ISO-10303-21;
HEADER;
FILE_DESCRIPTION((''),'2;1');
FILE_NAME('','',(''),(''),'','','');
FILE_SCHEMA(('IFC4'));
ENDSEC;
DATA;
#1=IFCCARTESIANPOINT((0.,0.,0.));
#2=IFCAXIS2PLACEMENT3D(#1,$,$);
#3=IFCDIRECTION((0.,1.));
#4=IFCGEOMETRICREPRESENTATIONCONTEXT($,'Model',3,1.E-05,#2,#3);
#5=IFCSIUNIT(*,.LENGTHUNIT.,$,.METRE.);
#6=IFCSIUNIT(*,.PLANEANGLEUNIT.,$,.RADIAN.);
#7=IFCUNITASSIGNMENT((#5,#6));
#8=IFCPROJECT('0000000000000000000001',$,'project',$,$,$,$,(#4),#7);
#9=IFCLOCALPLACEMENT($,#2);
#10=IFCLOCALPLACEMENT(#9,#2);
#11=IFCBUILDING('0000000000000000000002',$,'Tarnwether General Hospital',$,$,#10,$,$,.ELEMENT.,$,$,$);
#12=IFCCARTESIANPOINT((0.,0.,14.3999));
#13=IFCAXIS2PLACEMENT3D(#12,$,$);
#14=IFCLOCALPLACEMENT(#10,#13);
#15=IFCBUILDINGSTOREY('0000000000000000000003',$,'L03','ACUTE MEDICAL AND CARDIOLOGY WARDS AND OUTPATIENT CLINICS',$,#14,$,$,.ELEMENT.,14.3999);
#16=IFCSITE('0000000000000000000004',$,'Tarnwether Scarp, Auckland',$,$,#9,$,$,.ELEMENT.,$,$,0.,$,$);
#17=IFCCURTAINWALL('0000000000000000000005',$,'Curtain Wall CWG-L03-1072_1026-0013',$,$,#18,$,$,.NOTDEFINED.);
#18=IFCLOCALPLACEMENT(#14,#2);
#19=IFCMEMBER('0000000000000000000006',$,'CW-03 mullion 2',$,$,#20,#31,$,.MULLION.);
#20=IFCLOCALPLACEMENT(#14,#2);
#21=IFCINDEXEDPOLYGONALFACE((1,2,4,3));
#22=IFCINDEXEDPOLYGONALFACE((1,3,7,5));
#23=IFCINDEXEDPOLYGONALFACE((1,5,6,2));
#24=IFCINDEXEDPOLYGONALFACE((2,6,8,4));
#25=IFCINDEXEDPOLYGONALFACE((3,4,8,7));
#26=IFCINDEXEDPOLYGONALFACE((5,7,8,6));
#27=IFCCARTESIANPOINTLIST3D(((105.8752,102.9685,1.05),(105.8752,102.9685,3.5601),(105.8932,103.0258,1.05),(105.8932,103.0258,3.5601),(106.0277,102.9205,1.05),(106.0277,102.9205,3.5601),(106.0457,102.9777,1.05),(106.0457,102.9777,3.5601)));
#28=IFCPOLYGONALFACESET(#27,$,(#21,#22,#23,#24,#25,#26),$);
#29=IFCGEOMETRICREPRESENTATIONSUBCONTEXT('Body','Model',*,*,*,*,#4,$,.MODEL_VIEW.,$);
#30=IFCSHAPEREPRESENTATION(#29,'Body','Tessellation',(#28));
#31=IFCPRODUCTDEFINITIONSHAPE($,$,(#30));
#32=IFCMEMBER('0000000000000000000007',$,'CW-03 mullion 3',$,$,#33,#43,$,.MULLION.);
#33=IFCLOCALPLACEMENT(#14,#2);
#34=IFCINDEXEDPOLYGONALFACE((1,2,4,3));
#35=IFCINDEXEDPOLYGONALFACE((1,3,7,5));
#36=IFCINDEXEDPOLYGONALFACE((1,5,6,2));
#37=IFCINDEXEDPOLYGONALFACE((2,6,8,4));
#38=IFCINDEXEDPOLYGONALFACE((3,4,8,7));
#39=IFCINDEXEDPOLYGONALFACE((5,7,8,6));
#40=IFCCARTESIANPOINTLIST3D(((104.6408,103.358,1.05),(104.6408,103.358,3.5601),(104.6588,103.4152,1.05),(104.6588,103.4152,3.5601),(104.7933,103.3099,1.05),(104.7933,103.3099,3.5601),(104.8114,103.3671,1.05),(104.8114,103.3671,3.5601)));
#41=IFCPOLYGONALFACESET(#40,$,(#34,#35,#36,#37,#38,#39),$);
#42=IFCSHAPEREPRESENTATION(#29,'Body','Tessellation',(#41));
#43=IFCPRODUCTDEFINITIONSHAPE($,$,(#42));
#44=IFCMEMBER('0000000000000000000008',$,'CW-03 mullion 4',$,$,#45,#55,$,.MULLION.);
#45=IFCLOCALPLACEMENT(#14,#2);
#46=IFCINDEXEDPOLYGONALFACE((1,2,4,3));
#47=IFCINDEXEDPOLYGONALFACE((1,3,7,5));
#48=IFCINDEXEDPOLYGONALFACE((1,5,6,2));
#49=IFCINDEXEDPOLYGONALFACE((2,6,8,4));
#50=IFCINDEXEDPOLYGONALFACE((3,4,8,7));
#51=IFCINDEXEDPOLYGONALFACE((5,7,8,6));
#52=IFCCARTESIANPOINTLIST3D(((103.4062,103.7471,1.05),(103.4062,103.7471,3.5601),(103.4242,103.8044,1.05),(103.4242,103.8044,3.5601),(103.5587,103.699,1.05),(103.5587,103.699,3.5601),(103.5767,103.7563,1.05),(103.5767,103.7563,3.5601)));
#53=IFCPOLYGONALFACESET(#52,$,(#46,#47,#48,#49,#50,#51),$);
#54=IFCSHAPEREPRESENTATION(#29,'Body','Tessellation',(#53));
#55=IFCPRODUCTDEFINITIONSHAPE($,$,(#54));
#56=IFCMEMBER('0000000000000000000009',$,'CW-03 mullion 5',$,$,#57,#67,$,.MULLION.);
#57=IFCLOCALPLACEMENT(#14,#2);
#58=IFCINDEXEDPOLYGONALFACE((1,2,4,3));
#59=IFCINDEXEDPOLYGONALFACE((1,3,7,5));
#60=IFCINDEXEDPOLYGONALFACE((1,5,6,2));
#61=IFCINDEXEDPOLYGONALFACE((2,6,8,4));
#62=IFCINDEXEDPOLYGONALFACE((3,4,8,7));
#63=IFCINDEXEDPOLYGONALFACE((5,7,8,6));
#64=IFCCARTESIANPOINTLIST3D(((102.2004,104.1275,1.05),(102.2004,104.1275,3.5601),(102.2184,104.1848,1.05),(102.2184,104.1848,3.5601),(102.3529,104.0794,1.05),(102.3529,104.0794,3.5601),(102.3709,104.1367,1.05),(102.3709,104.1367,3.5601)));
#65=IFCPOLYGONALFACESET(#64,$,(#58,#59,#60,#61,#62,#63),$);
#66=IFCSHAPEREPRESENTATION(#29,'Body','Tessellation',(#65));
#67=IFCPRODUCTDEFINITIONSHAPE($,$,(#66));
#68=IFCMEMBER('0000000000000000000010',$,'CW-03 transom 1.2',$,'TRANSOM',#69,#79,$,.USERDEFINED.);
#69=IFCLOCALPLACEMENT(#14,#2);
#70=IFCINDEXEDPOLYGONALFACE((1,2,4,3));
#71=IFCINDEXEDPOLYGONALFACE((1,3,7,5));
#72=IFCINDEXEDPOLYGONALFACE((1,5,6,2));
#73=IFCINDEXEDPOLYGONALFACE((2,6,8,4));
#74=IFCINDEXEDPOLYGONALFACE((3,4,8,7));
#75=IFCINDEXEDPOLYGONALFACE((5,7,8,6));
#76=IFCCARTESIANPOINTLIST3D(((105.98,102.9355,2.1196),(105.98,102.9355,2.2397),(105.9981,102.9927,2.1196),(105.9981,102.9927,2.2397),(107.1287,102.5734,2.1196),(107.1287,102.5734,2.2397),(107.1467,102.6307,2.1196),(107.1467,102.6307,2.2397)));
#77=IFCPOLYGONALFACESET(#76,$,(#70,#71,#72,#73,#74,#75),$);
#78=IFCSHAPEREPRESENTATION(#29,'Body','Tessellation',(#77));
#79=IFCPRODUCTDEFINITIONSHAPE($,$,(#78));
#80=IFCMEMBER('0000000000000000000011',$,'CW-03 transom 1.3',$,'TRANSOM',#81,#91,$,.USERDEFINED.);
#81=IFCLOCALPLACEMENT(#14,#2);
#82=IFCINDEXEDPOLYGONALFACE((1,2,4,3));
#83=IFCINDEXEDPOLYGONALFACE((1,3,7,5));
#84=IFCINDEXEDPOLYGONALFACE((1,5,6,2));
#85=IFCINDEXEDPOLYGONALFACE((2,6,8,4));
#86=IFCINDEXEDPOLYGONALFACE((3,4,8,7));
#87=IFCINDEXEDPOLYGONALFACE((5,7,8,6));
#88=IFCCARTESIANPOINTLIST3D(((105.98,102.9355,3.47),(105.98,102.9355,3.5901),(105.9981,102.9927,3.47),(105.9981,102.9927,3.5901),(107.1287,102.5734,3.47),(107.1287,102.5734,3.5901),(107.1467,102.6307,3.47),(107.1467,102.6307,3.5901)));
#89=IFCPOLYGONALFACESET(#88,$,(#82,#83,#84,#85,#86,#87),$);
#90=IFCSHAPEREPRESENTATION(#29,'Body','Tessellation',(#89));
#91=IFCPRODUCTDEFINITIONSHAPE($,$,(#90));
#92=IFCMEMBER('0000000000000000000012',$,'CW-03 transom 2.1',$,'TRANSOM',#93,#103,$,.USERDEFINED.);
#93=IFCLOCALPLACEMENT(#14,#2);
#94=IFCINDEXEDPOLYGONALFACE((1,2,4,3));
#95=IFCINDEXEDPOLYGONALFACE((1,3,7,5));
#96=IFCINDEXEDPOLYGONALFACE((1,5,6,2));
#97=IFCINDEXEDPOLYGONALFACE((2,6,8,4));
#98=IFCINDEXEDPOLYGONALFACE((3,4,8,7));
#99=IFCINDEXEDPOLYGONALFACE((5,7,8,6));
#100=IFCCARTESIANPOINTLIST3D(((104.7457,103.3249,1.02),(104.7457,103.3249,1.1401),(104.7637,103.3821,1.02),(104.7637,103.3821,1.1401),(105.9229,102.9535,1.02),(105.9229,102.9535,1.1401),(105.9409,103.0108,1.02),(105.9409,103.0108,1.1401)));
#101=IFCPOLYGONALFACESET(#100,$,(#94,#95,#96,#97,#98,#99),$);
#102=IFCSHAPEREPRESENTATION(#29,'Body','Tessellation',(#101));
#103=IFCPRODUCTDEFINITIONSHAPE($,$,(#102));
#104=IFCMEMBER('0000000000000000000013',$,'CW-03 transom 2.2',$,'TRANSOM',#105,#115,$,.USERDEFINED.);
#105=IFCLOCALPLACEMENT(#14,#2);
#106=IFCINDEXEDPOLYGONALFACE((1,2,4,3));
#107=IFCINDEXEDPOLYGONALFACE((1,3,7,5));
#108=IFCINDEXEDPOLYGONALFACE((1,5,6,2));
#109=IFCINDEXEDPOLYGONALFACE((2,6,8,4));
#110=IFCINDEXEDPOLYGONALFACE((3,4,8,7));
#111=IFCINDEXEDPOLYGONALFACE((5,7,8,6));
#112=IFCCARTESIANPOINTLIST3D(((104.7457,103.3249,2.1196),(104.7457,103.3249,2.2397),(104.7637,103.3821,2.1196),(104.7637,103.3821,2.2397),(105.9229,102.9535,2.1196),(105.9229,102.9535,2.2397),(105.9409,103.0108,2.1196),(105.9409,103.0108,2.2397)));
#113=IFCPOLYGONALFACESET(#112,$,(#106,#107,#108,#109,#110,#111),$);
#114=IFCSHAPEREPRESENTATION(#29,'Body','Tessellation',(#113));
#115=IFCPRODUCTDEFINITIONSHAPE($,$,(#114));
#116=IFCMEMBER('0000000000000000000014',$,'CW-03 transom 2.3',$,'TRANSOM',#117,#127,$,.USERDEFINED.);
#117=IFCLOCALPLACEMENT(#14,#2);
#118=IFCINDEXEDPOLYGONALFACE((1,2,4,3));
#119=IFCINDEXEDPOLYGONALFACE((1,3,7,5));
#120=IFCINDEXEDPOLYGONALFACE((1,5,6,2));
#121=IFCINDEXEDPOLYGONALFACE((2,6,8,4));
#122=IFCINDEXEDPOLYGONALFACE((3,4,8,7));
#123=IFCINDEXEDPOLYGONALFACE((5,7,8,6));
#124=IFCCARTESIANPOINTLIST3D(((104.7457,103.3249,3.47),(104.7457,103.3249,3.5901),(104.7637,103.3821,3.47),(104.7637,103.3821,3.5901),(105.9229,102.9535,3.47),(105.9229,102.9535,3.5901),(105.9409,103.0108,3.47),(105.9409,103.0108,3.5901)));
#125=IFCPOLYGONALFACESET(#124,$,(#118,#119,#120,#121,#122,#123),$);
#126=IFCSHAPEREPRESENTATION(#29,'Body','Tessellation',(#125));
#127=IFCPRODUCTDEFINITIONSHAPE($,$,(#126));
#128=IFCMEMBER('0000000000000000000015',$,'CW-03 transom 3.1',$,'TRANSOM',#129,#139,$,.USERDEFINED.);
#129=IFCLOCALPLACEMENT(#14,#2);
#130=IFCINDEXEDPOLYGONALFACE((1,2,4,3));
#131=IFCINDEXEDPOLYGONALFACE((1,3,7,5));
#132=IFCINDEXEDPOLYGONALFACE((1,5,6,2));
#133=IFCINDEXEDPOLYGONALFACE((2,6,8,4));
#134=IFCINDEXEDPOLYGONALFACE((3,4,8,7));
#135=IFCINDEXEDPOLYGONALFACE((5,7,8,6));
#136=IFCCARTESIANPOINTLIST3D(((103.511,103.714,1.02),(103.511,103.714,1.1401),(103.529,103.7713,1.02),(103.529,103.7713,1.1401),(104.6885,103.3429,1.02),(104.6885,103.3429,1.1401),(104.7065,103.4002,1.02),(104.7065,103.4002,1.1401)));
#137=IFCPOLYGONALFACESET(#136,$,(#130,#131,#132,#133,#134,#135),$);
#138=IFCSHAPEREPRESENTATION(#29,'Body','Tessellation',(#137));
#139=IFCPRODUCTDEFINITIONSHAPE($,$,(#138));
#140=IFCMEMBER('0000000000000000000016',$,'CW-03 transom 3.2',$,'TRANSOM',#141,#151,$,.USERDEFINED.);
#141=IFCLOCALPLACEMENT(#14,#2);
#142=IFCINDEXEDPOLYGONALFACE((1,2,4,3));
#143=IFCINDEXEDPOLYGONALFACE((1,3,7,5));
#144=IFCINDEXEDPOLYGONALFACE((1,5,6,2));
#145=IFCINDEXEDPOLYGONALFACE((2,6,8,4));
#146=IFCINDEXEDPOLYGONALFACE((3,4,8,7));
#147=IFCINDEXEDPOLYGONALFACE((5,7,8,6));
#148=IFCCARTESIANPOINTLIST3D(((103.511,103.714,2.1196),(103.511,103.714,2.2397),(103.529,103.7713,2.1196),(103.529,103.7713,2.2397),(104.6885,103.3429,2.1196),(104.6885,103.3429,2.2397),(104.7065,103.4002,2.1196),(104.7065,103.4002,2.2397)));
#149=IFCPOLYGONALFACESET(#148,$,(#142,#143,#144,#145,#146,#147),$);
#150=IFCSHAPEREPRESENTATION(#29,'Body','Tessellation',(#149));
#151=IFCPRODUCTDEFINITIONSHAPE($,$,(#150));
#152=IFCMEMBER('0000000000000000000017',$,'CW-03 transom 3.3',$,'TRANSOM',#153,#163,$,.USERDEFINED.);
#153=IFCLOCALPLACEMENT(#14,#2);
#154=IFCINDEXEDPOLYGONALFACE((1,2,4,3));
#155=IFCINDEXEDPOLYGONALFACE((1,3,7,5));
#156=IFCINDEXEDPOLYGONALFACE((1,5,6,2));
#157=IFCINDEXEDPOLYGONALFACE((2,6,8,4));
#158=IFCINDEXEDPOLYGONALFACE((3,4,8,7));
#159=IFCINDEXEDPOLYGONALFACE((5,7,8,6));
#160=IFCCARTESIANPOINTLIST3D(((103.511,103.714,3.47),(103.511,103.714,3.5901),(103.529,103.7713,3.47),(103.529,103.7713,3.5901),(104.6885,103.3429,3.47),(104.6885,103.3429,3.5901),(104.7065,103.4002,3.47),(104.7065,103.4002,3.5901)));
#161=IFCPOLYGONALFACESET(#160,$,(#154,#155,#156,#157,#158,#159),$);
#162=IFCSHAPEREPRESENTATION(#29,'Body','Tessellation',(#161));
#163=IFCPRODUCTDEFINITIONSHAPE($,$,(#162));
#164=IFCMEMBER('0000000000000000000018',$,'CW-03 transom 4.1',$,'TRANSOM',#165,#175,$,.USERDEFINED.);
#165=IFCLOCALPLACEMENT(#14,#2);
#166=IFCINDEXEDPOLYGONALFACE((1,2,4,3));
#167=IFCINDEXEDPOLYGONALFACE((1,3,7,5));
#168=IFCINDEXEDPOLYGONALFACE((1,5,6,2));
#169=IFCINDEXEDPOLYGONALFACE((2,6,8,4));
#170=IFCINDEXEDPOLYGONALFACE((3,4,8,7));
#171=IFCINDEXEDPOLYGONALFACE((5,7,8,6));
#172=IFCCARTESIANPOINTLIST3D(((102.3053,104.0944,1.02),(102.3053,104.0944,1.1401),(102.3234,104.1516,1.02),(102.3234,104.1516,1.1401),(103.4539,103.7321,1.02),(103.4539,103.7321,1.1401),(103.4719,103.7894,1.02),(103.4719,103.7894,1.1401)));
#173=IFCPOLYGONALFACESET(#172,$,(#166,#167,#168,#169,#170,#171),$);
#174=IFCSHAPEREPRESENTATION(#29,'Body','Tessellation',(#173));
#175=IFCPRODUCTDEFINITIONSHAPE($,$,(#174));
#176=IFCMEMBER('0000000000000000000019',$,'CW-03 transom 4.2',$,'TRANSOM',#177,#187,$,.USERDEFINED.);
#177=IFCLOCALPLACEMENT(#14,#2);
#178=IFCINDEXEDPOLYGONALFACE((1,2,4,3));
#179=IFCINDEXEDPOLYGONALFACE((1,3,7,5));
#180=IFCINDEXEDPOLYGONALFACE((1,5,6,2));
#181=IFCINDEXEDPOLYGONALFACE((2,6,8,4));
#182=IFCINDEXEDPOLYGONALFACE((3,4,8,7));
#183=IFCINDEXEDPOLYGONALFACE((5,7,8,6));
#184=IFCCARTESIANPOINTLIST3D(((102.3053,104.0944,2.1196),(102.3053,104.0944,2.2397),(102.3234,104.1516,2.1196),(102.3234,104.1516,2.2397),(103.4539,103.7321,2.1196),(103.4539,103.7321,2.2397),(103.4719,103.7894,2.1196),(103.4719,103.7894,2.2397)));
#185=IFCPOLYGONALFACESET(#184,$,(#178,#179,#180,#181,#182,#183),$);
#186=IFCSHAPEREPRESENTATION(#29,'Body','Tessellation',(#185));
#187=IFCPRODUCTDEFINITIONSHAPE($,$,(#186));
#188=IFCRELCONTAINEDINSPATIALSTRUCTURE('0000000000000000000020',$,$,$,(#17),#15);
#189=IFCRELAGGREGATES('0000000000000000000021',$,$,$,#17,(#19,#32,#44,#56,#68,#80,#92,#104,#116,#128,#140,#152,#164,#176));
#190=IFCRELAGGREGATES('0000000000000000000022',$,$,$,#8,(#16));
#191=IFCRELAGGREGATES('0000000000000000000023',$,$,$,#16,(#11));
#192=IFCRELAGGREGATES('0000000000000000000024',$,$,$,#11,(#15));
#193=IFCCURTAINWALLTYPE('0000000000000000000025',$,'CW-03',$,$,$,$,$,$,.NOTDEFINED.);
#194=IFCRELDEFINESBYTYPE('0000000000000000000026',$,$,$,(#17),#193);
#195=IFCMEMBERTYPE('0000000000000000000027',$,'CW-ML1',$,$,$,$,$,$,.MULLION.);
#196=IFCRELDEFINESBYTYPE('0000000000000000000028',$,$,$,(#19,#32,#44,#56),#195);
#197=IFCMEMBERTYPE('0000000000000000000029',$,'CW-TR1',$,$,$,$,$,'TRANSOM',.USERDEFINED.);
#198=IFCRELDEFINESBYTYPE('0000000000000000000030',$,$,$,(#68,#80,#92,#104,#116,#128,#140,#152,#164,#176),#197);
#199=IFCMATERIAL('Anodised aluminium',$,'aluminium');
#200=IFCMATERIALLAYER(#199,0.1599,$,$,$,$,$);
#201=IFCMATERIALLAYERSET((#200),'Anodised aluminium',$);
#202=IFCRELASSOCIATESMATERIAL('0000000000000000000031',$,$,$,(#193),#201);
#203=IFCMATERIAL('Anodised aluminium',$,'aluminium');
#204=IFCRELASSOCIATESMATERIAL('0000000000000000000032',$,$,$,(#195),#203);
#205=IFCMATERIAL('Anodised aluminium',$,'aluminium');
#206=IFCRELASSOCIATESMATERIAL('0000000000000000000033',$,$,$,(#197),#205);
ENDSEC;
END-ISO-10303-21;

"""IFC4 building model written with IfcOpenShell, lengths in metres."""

from ifc_helpers import new_model, si_unit, direction, frame, origin, origin_2d, place, context, subcontext, project, spatial, rectangle, extrude, material, layer, layer_set, material_profile, profile_set, type_object, element, aggregate, save


model = new_model("IFC4")

# Units and contexts
model_context = context("Model", 3, precision=1e-05, world=origin(), true_north=direction((0.0, 1.0)))
body_context = subcontext(model_context, "Body", "Model", "MODEL_VIEW")
ifc_project = project(units=[si_unit("LENGTHUNIT", "METRE"), si_unit("PLANEANGLEUNIT", "RADIAN")], contexts=[model_context])

# Site, building, storey
site_placement = place(None, origin())
site = spatial("IfcSite", under=ifc_project, at=site_placement, Name="Tarnwether Scarp, Auckland", CompositionType="ELEMENT", RefElevation=0.0)
building_placement = place(site_placement, origin())
building = spatial("IfcBuilding", under=site, at=building_placement, Name="Tarnwether General Hospital", CompositionType="ELEMENT")
storey_placement = place(building_placement, frame((0.0, 0.0, 14.3999)))
storey = spatial("IfcBuildingStorey", under=building, at=storey_placement, Name="L03", Description="ACUTE MEDICAL AND CARDIOLOGY WARDS AND OUTPATIENT CLINICS", CompositionType="ELEMENT", Elevation=14.3999)

# Curtain wall, members
ifc_material_1 = material(Name="Anodised aluminium", Category="aluminium")
ifc_layer_1 = layer(ifc_material_1, 0.1599)
ifc_layer_set_1 = layer_set([ifc_layer_1], Name="Anodised aluminium")
curtain_wall_type = type_object("IfcCurtainWallType", Name="CW-03", PredefinedType="NOTDEFINED", material=ifc_layer_set_1)
curtain_wall_placement = place(storey_placement, origin())
curtain_wall = element("IfcCurtainWall", 1, at=curtain_wall_placement, inside=storey, type_object=curtain_wall_type, Name="Curtain Wall CWG-L03-1072_1026-0013", PredefinedType="NOTDEFINED")
ifc_material_2 = material(Name="Anodised aluminium", Category="aluminium")
ifc_material_profile_1 = material_profile(ifc_material_2, rectangle(XDim=0.0601, YDim=0.1599, at=origin_2d()), Name="ALU-MUL-60x160")
ifc_profile_set_1 = profile_set([ifc_material_profile_1], Name="Anodised aluminium")
member_type_1 = type_object("IfcMemberType", Name="CW-ML1", PredefinedType="MULLION", material=ifc_profile_set_1)
member_1_placement = place(storey_placement, frame((105.9604, 102.9731, 1.05), z_axis=(0.0, 0.0, 1.0), x_axis=(-0.300715, -0.953714, 0.0)))
member_1 = element("IfcMember", 2, at=member_1_placement, type_object=member_type_1, Name="CW-03 mullion 2", PredefinedType="MULLION", context=body_context, shape_type="SweptSolid", body=[
    extrude(rectangle(XDim=0.0601, YDim=0.1599, at=origin_2d()), origin(), (0.0, 0.0, 1.0), 2.51),
])
member_2_placement = place(storey_placement, frame((104.7261, 103.3625, 1.05), z_axis=(0.0, 0.0, 1.0), x_axis=(-0.300715, -0.953714, 0.0)))
member_2 = element("IfcMember", 3, at=member_2_placement, type_object=member_type_1, Name="CW-03 mullion 3", PredefinedType="MULLION", context=body_context, shape_type="SweptSolid", body=[
    extrude(rectangle(XDim=0.0601, YDim=0.1599, at=origin_2d()), origin(), (0.0, 0.0, 1.0), 2.51),
])
member_3_placement = place(storey_placement, frame((103.4915, 103.7517, 1.05), z_axis=(0.0, 0.0, 1.0), x_axis=(-0.300715, -0.953714, 0.0)))
member_3 = element("IfcMember", 4, at=member_3_placement, type_object=member_type_1, Name="CW-03 mullion 4", PredefinedType="MULLION", context=body_context, shape_type="SweptSolid", body=[
    extrude(rectangle(XDim=0.0601, YDim=0.1599, at=origin_2d()), origin(), (0.0, 0.0, 1.0), 2.51),
])
member_4_placement = place(storey_placement, frame((102.2856, 104.1321, 1.05), z_axis=(0.0, 0.0, 1.0), x_axis=(-0.300715, -0.953714, 0.0)))
member_4 = element("IfcMember", 5, at=member_4_placement, type_object=member_type_1, Name="CW-03 mullion 5", PredefinedType="MULLION", context=body_context, shape_type="SweptSolid", body=[
    extrude(rectangle(XDim=0.0601, YDim=0.1599, at=origin_2d()), origin(), (0.0, 0.0, 1.0), 2.51),
])
ifc_material_3 = material(Name="Anodised aluminium", Category="aluminium")
ifc_material_profile_2 = material_profile(ifc_material_3, rectangle(XDim=0.0601, YDim=0.1201, at=origin_2d()), Name="ALU-TRN-60x120")
ifc_profile_set_2 = profile_set([ifc_material_profile_2], Name="Anodised aluminium")
member_type_2 = type_object("IfcMemberType", Name="CW-TR1", ElementType="TRANSOM", PredefinedType="USERDEFINED", material=ifc_profile_set_2)
member_5_placement = place(storey_placement, frame((107.1377, 102.6021, 2.1797), z_axis=(-0.953745, 0.300617, 0.0), x_axis=(-0.300617, -0.953745, 0.0)))
member_5 = element("IfcMember", 6, at=member_5_placement, type_object=member_type_2, Name="CW-03 transom 1.2", ObjectType="TRANSOM", PredefinedType="USERDEFINED", context=body_context, shape_type="SweptSolid", body=[
    extrude(rectangle(XDim=0.0601, YDim=0.1201, at=origin_2d()), origin(), (0.0, 0.0, 1.0), 1.2043),
])
member_6_placement = place(storey_placement, frame((107.1377, 102.6021, 3.53), z_axis=(-0.953745, 0.300617, 0.0), x_axis=(-0.300617, -0.953745, 0.0)))
member_6 = element("IfcMember", 7, at=member_6_placement, type_object=member_type_2, Name="CW-03 transom 1.3", ObjectType="TRANSOM", PredefinedType="USERDEFINED", context=body_context, shape_type="SweptSolid", body=[
    extrude(rectangle(XDim=0.0601, YDim=0.1201, at=origin_2d()), origin(), (0.0, 0.0, 1.0), 1.2043),
])
member_7_placement = place(storey_placement, frame((105.9319, 102.9822, 1.0801), z_axis=(-0.953681, 0.300819, 0.0), x_axis=(-0.300819, -0.953681, 0.0)))
member_7 = element("IfcMember", 8, at=member_7_placement, type_object=member_type_2, Name="CW-03 transom 2.1", ObjectType="TRANSOM", PredefinedType="USERDEFINED", context=body_context, shape_type="SweptSolid", body=[
    extrude(rectangle(XDim=0.0601, YDim=0.1201, at=origin_2d()), origin(), (0.0, 0.0, 1.0), 1.2344),
])
member_8_placement = place(storey_placement, frame((105.9319, 102.9822, 2.1797), z_axis=(-0.953681, 0.300819, 0.0), x_axis=(-0.300819, -0.953681, 0.0)))
member_8 = element("IfcMember", 9, at=member_8_placement, type_object=member_type_2, Name="CW-03 transom 2.2", ObjectType="TRANSOM", PredefinedType="USERDEFINED", context=body_context, shape_type="SweptSolid", body=[
    extrude(rectangle(XDim=0.0601, YDim=0.1201, at=origin_2d()), origin(), (0.0, 0.0, 1.0), 1.2344),
])
member_9_placement = place(storey_placement, frame((105.9319, 102.9822, 3.53), z_axis=(-0.953681, 0.300819, 0.0), x_axis=(-0.300819, -0.953681, 0.0)))
member_9 = element("IfcMember", 10, at=member_9_placement, type_object=member_type_2, Name="CW-03 transom 2.3", ObjectType="TRANSOM", PredefinedType="USERDEFINED", context=body_context, shape_type="SweptSolid", body=[
    extrude(rectangle(XDim=0.0601, YDim=0.1201, at=origin_2d()), origin(), (0.0, 0.0, 1.0), 1.2344),
])
member_10_placement = place(storey_placement, frame((104.6975, 103.3716, 1.0801), z_axis=(-0.953756, 0.300582, 0.0), x_axis=(-0.300582, -0.953756, 0.0)))
member_10 = element("IfcMember", 11, at=member_10_placement, type_object=member_type_2, Name="CW-03 transom 3.1", ObjectType="TRANSOM", PredefinedType="USERDEFINED", context=body_context, shape_type="SweptSolid", body=[
    extrude(rectangle(XDim=0.0601, YDim=0.1201, at=origin_2d()), origin(), (0.0, 0.0, 1.0), 1.2346),
])
member_11_placement = place(storey_placement, frame((104.6975, 103.3716, 2.1797), z_axis=(-0.953756, 0.300582, 0.0), x_axis=(-0.300582, -0.953756, 0.0)))
member_11 = element("IfcMember", 12, at=member_11_placement, type_object=member_type_2, Name="CW-03 transom 3.2", ObjectType="TRANSOM", PredefinedType="USERDEFINED", context=body_context, shape_type="SweptSolid", body=[
    extrude(rectangle(XDim=0.0601, YDim=0.1201, at=origin_2d()), origin(), (0.0, 0.0, 1.0), 1.2346),
])
member_12_placement = place(storey_placement, frame((104.6975, 103.3716, 3.53), z_axis=(-0.953756, 0.300582, 0.0), x_axis=(-0.300582, -0.953756, 0.0)))
member_12 = element("IfcMember", 13, at=member_12_placement, type_object=member_type_2, Name="CW-03 transom 3.3", ObjectType="TRANSOM", PredefinedType="USERDEFINED", context=body_context, shape_type="SweptSolid", body=[
    extrude(rectangle(XDim=0.0601, YDim=0.1201, at=origin_2d()), origin(), (0.0, 0.0, 1.0), 1.2346),
])
member_13_placement = place(storey_placement, frame((103.4629, 103.7607, 1.0801), z_axis=(-0.953687, 0.300802, 0.0), x_axis=(-0.300802, -0.953687, 0.0)))
member_13 = element("IfcMember", 14, at=member_13_placement, type_object=member_type_2, Name="CW-03 transom 4.1", ObjectType="TRANSOM", PredefinedType="USERDEFINED", context=body_context, shape_type="SweptSolid", body=[
    extrude(rectangle(XDim=0.0601, YDim=0.1201, at=origin_2d()), origin(), (0.0, 0.0, 1.0), 1.2043),
])
member_14_placement = place(storey_placement, frame((103.4629, 103.7607, 2.1797), z_axis=(-0.953687, 0.300802, 0.0), x_axis=(-0.300802, -0.953687, 0.0)))
member_14 = element("IfcMember", 15, at=member_14_placement, type_object=member_type_2, Name="CW-03 transom 4.2", ObjectType="TRANSOM", PredefinedType="USERDEFINED", context=body_context, shape_type="SweptSolid", body=[
    extrude(rectangle(XDim=0.0601, YDim=0.1201, at=origin_2d()), origin(), (0.0, 0.0, 1.0), 1.2043),
])
aggregate(curtain_wall, [member_1, member_2, member_3, member_4, member_5, member_6, member_7, member_8, member_9, member_10, member_11, member_12, member_13, member_14])

save(model, "model.ifc")
